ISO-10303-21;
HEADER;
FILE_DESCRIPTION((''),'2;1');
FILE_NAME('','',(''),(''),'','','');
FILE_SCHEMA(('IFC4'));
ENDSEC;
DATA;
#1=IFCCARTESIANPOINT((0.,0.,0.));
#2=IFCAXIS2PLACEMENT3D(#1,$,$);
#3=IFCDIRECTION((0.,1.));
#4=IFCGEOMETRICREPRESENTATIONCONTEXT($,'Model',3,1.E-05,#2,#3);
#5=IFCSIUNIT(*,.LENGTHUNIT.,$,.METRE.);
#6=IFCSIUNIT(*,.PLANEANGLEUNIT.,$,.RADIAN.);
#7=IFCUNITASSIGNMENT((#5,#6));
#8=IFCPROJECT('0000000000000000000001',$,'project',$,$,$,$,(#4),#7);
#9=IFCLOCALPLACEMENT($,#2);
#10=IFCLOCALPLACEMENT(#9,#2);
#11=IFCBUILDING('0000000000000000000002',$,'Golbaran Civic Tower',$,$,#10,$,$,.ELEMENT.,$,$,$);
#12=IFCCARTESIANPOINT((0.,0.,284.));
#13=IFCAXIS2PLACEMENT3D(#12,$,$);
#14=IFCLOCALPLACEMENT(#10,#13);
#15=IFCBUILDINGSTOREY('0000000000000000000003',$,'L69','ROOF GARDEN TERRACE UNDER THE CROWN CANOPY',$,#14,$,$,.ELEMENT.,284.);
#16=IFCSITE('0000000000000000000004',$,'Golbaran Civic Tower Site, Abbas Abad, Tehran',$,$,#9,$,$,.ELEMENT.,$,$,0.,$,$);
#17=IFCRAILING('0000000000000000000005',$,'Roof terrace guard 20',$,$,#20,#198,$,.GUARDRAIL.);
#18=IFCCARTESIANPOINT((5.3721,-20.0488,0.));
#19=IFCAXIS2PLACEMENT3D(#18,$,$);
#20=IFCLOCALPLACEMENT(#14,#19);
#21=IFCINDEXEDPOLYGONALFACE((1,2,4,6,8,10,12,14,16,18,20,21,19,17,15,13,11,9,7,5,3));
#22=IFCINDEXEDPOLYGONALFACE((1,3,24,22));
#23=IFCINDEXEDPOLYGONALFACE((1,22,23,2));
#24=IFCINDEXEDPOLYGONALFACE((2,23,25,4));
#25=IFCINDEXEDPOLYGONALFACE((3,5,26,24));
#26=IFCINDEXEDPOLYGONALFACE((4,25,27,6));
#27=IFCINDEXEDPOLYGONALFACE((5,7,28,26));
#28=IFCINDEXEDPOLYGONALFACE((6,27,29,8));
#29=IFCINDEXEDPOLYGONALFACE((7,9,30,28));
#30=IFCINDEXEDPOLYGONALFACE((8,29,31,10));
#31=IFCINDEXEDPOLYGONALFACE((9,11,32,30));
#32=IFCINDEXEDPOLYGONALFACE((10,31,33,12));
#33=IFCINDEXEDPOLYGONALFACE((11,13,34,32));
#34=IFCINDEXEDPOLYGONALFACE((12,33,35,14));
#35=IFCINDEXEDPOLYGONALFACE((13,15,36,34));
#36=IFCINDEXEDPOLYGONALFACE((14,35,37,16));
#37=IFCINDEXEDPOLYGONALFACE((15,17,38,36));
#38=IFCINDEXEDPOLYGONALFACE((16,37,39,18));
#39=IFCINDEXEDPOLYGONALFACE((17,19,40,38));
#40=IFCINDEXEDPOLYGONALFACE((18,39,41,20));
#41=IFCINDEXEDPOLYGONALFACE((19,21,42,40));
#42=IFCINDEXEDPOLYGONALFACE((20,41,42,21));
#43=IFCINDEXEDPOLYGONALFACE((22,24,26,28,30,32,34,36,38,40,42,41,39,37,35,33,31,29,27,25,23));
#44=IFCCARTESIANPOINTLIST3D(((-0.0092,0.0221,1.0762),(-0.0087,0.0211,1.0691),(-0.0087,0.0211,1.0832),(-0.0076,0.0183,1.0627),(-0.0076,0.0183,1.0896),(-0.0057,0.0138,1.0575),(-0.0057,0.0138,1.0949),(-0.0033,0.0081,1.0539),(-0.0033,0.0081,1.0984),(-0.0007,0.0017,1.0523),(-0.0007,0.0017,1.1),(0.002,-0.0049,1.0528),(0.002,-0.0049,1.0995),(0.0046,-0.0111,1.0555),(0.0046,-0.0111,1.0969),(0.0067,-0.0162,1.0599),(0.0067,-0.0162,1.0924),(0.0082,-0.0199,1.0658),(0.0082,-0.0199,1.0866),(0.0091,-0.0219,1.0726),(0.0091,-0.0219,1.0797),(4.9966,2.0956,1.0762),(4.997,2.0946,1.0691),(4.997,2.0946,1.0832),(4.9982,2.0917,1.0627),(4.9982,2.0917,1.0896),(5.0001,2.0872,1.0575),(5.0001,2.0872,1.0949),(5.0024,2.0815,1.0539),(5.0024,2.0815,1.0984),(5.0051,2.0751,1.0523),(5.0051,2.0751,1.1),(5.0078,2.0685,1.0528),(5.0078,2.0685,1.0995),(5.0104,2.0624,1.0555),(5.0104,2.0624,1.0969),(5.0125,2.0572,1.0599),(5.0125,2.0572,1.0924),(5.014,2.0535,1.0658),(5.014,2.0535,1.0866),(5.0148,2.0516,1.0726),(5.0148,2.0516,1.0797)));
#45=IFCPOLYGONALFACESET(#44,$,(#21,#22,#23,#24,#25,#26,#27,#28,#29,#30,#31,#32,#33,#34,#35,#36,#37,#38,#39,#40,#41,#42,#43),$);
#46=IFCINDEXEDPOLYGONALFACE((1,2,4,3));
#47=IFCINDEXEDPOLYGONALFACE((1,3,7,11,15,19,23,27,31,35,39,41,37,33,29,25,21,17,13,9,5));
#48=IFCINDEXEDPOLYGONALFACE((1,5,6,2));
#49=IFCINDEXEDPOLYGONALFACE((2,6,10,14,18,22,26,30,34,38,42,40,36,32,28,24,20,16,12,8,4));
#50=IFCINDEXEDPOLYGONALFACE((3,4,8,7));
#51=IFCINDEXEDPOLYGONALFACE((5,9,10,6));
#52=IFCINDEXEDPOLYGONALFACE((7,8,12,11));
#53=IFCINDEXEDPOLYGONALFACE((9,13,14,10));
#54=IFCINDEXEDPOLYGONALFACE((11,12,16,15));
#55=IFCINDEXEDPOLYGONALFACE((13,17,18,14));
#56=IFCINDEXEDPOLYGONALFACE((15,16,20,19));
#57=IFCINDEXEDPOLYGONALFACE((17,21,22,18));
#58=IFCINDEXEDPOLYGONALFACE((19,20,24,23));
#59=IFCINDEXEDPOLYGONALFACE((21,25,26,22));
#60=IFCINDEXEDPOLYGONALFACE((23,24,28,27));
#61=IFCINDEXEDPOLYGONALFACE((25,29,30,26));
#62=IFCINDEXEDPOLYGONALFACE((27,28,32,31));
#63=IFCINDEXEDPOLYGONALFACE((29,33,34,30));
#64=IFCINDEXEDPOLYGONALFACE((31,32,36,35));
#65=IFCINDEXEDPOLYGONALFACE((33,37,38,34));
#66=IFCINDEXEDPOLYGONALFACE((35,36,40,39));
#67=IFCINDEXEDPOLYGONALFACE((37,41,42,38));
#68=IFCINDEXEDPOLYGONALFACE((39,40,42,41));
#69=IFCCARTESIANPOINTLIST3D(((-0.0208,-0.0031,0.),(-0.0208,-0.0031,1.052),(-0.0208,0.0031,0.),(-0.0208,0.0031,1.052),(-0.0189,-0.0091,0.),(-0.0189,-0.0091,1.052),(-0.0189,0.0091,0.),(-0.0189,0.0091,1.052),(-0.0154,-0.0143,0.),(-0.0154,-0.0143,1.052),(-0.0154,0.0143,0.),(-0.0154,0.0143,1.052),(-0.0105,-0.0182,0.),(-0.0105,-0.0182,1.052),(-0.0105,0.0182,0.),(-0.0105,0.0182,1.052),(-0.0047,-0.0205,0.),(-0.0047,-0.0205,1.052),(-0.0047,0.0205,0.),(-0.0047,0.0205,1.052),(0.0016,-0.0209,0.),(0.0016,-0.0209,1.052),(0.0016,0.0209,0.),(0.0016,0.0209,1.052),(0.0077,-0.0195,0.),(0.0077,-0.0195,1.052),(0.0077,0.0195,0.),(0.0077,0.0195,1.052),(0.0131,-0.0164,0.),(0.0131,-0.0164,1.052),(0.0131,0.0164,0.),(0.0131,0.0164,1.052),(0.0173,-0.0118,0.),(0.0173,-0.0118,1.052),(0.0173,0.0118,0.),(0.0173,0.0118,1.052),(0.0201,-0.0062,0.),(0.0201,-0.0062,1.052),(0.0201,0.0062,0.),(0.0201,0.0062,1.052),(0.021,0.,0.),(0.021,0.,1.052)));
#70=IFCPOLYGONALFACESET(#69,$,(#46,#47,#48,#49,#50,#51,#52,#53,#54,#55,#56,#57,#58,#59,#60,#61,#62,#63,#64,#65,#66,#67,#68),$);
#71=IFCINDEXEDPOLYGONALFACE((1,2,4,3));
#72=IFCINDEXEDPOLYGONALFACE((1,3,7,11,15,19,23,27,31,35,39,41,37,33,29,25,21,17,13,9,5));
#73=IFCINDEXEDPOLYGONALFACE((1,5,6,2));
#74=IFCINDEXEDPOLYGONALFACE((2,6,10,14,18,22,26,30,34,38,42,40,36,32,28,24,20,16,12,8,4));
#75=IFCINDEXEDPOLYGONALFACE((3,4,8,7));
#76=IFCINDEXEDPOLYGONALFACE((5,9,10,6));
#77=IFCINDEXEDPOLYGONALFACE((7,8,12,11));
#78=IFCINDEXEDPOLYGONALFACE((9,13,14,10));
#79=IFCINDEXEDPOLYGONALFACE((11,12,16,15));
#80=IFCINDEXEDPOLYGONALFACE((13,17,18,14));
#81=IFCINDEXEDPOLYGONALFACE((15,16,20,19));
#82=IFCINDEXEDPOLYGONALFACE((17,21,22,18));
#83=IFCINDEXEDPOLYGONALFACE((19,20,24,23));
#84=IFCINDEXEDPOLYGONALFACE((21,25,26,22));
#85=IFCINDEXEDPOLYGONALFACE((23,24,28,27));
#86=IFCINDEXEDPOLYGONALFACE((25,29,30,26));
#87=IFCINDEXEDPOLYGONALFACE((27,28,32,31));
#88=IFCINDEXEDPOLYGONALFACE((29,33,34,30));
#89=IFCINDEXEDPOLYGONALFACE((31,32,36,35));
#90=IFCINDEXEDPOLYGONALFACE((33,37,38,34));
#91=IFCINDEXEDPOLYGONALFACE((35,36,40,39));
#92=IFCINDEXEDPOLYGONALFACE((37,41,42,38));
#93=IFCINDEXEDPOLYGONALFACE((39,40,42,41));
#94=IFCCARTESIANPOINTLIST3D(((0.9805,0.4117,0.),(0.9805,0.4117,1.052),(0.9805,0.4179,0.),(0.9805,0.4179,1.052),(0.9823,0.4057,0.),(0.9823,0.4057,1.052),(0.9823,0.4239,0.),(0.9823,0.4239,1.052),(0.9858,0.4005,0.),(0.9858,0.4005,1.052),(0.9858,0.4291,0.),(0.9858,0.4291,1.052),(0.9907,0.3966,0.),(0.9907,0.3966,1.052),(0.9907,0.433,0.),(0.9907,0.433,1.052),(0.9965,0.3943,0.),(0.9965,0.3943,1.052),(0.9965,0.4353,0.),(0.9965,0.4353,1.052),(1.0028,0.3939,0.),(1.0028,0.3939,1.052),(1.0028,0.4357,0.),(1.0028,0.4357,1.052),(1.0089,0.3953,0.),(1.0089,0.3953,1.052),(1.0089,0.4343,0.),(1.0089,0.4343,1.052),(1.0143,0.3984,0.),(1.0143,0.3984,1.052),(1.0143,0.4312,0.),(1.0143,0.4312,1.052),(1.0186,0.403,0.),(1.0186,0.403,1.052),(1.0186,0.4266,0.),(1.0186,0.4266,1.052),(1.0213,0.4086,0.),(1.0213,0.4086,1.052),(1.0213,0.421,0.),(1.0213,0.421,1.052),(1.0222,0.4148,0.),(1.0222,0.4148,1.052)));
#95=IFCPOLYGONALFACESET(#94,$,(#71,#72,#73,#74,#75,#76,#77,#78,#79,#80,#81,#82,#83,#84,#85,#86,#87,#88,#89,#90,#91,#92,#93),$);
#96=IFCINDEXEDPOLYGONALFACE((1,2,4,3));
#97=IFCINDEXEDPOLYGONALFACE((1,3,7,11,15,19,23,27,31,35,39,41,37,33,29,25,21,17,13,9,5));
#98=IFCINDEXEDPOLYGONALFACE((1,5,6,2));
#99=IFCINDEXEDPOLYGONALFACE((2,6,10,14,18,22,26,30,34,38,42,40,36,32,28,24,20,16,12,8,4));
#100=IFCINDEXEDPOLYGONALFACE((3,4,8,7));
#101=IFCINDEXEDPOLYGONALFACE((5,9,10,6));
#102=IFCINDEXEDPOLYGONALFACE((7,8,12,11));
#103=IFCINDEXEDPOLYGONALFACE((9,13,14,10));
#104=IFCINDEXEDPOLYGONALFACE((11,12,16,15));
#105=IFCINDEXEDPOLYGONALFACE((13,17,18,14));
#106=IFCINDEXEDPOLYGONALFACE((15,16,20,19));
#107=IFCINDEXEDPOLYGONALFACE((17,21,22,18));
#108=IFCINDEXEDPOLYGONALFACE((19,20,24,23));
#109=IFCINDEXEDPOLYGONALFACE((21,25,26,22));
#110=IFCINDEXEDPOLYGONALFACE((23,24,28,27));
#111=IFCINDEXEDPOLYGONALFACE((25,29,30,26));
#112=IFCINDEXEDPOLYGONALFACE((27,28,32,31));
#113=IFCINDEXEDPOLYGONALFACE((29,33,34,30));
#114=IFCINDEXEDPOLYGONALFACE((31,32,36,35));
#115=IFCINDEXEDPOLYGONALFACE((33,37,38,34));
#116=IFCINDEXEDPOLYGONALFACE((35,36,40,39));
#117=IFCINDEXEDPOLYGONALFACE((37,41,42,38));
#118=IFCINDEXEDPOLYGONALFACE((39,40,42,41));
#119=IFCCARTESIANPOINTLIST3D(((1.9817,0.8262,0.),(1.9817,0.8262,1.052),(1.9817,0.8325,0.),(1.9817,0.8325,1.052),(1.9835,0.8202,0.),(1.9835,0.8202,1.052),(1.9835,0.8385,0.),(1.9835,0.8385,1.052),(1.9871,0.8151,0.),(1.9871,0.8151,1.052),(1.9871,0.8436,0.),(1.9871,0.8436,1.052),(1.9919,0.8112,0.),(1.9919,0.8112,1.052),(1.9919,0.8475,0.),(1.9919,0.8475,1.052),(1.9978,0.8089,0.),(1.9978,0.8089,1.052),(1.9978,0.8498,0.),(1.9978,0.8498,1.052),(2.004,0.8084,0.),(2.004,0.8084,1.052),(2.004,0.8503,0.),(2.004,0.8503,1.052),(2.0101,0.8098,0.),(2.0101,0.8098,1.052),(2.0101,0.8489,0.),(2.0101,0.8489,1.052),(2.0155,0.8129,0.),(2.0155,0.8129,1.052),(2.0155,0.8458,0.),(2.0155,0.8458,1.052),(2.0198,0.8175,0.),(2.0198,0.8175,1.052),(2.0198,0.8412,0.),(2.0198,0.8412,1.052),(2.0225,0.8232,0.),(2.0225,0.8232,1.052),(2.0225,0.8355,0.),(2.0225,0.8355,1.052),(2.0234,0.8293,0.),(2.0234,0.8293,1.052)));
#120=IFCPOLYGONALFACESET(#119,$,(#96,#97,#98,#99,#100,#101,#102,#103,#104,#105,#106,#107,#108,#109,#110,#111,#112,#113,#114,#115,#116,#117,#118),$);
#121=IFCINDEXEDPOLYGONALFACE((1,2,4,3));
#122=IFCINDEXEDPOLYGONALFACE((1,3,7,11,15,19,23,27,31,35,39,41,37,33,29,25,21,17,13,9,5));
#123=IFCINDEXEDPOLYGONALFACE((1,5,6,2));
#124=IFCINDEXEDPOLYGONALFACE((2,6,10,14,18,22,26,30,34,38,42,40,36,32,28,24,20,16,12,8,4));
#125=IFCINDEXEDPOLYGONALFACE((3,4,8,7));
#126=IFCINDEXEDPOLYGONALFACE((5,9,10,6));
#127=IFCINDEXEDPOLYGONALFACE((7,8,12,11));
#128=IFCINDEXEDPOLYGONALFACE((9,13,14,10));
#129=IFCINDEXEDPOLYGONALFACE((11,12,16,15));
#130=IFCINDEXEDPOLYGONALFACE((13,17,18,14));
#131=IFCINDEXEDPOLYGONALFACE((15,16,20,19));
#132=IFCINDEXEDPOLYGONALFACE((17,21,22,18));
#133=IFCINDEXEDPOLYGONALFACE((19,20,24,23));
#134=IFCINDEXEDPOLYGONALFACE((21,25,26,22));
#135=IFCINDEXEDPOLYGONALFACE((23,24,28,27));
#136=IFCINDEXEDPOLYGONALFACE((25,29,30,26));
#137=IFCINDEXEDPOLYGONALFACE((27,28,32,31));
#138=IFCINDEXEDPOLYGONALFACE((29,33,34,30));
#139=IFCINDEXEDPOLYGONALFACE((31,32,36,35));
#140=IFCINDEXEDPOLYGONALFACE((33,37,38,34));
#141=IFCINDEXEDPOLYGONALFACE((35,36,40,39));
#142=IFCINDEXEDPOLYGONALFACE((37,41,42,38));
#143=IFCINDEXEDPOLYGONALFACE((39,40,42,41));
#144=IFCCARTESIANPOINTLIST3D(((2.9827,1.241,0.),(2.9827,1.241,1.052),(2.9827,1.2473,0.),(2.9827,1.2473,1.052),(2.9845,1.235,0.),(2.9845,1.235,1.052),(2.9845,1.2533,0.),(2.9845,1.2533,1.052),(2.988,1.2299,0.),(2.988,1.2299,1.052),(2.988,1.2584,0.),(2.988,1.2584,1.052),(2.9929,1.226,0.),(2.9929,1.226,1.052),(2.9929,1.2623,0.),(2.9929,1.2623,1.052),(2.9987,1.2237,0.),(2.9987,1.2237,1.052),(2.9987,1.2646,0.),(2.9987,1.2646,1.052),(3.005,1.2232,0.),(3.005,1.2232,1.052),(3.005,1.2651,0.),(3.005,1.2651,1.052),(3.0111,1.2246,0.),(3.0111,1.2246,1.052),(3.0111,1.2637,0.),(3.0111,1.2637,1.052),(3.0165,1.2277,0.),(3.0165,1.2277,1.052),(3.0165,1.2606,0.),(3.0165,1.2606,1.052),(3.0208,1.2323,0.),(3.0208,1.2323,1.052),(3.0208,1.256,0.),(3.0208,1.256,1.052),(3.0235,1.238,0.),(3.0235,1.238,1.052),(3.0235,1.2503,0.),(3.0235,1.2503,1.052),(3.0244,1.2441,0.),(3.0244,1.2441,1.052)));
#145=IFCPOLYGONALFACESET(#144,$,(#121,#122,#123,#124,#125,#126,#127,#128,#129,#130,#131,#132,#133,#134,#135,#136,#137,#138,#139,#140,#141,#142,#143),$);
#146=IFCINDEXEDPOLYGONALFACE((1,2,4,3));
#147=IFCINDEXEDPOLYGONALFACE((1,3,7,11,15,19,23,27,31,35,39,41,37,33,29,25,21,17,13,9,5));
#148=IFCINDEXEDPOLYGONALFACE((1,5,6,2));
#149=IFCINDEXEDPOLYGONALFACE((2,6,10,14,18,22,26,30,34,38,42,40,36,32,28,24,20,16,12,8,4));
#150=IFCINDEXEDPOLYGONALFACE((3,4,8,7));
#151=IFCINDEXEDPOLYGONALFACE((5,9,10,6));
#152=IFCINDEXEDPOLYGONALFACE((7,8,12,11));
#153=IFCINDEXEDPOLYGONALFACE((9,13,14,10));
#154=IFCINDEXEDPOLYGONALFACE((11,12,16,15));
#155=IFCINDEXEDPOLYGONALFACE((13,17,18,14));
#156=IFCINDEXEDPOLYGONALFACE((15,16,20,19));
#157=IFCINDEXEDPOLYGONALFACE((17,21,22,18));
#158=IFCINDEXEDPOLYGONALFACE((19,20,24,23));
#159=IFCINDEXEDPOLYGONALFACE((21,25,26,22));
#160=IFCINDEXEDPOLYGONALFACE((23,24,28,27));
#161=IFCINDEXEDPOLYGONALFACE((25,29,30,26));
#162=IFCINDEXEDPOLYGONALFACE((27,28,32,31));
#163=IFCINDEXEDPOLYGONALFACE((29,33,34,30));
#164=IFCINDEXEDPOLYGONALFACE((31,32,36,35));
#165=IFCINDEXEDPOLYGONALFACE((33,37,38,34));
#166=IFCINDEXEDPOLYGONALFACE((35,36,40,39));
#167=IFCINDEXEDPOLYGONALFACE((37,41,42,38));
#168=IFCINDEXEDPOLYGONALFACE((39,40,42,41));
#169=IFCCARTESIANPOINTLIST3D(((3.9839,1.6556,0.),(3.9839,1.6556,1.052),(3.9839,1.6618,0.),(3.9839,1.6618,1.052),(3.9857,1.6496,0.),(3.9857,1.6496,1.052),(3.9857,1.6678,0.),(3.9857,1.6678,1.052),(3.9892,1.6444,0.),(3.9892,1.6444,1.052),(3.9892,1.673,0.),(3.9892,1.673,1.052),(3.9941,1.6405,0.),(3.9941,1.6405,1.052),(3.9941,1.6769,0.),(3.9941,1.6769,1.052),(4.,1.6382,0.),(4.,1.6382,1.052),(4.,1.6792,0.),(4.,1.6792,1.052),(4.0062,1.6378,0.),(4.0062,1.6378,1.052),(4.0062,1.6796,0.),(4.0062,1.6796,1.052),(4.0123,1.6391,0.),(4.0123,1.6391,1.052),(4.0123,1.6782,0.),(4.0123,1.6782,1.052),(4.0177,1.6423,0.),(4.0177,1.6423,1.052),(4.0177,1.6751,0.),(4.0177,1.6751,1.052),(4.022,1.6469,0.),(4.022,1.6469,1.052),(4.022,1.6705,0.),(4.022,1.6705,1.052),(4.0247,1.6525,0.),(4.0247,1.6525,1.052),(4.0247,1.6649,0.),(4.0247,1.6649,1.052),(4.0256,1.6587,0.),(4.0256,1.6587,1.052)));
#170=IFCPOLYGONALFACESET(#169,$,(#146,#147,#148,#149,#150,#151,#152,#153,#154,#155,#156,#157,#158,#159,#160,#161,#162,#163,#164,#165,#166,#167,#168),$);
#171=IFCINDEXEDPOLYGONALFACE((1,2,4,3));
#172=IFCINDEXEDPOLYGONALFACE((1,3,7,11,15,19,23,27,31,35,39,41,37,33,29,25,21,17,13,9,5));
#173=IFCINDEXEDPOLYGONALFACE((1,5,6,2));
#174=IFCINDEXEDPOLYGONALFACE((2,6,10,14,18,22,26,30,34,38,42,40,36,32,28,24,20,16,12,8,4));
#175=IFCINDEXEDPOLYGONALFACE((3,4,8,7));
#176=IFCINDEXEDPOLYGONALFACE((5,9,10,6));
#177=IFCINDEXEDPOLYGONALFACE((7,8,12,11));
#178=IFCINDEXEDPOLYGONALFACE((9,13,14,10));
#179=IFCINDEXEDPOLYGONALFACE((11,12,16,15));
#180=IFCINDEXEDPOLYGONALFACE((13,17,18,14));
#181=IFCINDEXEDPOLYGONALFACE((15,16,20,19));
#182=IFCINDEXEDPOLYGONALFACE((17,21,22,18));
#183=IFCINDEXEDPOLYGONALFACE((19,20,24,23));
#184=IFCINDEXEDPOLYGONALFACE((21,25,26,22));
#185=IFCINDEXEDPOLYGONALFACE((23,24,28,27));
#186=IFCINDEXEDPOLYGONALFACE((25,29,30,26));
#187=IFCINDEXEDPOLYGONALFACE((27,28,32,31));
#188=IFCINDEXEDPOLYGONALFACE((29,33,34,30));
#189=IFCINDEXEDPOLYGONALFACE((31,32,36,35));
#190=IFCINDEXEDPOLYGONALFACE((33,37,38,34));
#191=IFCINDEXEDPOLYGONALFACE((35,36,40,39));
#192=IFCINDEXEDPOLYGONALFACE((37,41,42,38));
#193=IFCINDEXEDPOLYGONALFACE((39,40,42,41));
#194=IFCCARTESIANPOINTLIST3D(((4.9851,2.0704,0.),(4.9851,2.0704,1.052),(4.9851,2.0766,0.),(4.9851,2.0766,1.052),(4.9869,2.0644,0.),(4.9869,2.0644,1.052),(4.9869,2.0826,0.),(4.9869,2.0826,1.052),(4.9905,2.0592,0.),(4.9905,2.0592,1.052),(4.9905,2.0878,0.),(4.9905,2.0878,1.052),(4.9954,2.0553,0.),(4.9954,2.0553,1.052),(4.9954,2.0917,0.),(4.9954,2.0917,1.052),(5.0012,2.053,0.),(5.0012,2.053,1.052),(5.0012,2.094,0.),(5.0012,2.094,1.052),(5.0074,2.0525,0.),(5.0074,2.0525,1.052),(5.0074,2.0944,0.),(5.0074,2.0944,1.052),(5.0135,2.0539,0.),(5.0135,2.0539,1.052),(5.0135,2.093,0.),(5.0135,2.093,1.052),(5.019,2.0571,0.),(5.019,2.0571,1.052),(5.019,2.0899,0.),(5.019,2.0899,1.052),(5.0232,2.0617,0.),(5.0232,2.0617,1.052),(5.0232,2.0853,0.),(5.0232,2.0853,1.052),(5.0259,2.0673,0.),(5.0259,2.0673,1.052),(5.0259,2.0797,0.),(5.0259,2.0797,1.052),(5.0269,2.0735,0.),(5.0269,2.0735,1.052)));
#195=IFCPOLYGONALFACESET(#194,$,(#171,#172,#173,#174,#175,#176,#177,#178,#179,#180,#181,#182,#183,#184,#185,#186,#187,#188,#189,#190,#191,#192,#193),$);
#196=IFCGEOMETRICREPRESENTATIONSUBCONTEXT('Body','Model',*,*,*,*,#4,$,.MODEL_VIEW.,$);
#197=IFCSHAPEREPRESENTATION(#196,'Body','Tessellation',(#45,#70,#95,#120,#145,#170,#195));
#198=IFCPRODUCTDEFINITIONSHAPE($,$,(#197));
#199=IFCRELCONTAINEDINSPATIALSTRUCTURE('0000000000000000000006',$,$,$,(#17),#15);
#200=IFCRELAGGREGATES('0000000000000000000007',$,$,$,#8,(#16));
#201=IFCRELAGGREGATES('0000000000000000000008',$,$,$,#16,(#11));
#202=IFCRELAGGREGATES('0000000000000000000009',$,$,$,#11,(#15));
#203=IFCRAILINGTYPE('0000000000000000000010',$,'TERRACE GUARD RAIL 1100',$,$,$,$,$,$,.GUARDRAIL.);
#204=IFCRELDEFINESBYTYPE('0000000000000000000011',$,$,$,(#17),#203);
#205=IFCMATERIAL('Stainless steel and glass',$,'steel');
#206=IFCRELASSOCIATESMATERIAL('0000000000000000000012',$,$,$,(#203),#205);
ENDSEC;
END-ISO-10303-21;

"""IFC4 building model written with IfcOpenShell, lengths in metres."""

from ifc_helpers import new_model, si_unit, direction, frame, origin, origin_2d, place, context, subcontext, project, spatial, circle, extrude, material, type_object, element, save


model = new_model("IFC4")

# Units and contexts
model_context = context("Model", 3, precision=1e-05, world=origin(), true_north=direction((0.0, 1.0)))
body_context = subcontext(model_context, "Body", "Model", "MODEL_VIEW")
ifc_project = project(units=[si_unit("LENGTHUNIT", "METRE"), si_unit("PLANEANGLEUNIT", "RADIAN")], contexts=[model_context])

# Site, building, storey
site_placement = place(None, origin())
site = spatial("IfcSite", under=ifc_project, at=site_placement, Name="Golbaran Civic Tower Site, Abbas Abad, Tehran", CompositionType="ELEMENT", RefElevation=0.0)
building_placement = place(site_placement, origin())
building = spatial("IfcBuilding", under=site, at=building_placement, Name="Golbaran Civic Tower", CompositionType="ELEMENT")
storey_placement = place(building_placement, frame((0.0, 0.0, 284.0)))
storey = spatial("IfcBuildingStorey", under=building, at=storey_placement, Name="L69", Description="ROOF GARDEN TERRACE UNDER THE CROWN CANOPY", CompositionType="ELEMENT", Elevation=284.0)

# Railing
ifc_material_1 = material(Name="Stainless steel and glass", Category="steel")
railing_type = type_object("IfcRailingType", Name="TERRACE GUARD RAIL 1100", PredefinedType="GUARDRAIL", material=ifc_material_1)
railing_1_placement = place(storey_placement, frame((5.3721, -20.0488, 0.0)))
element("IfcRailing", 1, at=railing_1_placement, inside=storey, type_object=railing_type, Name="Roof terrace guard 20", PredefinedType="GUARDRAIL", context=body_context, shape_type="SweptSolid", body=[
    extrude(circle(Radius=0.0239, at=origin_2d()), frame((0.0, 0.0, 1.0762), z_axis=(0.92388, 0.382682, 0.0), x_axis=(-0.382682, 0.92388, 0.0)), (0.0, 0.0, 1.0), 5.4182),
    extrude(circle(Radius=0.021, at=origin_2d()), origin(), (0.0, 0.0, 1.0), 1.052),
    extrude(circle(Radius=0.021, at=origin_2d()), frame((1.0012, 0.4148, 0.0)), (0.0, 0.0, 1.0), 1.052),
    extrude(circle(Radius=0.021, at=origin_2d()), frame((2.0024, 0.8293, 0.0)), (0.0, 0.0, 1.0), 1.052),
    extrude(circle(Radius=0.021, at=origin_2d()), frame((3.0034, 1.2441, 0.0)), (0.0, 0.0, 1.0), 1.052),
    extrude(circle(Radius=0.021, at=origin_2d()), frame((4.0046, 1.6587, 0.0)), (0.0, 0.0, 1.0), 1.052),
    extrude(circle(Radius=0.021, at=origin_2d()), frame((5.0059, 2.0735, 0.0)), (0.0, 0.0, 1.0), 1.052),
])

save(model, "model.ifc")
